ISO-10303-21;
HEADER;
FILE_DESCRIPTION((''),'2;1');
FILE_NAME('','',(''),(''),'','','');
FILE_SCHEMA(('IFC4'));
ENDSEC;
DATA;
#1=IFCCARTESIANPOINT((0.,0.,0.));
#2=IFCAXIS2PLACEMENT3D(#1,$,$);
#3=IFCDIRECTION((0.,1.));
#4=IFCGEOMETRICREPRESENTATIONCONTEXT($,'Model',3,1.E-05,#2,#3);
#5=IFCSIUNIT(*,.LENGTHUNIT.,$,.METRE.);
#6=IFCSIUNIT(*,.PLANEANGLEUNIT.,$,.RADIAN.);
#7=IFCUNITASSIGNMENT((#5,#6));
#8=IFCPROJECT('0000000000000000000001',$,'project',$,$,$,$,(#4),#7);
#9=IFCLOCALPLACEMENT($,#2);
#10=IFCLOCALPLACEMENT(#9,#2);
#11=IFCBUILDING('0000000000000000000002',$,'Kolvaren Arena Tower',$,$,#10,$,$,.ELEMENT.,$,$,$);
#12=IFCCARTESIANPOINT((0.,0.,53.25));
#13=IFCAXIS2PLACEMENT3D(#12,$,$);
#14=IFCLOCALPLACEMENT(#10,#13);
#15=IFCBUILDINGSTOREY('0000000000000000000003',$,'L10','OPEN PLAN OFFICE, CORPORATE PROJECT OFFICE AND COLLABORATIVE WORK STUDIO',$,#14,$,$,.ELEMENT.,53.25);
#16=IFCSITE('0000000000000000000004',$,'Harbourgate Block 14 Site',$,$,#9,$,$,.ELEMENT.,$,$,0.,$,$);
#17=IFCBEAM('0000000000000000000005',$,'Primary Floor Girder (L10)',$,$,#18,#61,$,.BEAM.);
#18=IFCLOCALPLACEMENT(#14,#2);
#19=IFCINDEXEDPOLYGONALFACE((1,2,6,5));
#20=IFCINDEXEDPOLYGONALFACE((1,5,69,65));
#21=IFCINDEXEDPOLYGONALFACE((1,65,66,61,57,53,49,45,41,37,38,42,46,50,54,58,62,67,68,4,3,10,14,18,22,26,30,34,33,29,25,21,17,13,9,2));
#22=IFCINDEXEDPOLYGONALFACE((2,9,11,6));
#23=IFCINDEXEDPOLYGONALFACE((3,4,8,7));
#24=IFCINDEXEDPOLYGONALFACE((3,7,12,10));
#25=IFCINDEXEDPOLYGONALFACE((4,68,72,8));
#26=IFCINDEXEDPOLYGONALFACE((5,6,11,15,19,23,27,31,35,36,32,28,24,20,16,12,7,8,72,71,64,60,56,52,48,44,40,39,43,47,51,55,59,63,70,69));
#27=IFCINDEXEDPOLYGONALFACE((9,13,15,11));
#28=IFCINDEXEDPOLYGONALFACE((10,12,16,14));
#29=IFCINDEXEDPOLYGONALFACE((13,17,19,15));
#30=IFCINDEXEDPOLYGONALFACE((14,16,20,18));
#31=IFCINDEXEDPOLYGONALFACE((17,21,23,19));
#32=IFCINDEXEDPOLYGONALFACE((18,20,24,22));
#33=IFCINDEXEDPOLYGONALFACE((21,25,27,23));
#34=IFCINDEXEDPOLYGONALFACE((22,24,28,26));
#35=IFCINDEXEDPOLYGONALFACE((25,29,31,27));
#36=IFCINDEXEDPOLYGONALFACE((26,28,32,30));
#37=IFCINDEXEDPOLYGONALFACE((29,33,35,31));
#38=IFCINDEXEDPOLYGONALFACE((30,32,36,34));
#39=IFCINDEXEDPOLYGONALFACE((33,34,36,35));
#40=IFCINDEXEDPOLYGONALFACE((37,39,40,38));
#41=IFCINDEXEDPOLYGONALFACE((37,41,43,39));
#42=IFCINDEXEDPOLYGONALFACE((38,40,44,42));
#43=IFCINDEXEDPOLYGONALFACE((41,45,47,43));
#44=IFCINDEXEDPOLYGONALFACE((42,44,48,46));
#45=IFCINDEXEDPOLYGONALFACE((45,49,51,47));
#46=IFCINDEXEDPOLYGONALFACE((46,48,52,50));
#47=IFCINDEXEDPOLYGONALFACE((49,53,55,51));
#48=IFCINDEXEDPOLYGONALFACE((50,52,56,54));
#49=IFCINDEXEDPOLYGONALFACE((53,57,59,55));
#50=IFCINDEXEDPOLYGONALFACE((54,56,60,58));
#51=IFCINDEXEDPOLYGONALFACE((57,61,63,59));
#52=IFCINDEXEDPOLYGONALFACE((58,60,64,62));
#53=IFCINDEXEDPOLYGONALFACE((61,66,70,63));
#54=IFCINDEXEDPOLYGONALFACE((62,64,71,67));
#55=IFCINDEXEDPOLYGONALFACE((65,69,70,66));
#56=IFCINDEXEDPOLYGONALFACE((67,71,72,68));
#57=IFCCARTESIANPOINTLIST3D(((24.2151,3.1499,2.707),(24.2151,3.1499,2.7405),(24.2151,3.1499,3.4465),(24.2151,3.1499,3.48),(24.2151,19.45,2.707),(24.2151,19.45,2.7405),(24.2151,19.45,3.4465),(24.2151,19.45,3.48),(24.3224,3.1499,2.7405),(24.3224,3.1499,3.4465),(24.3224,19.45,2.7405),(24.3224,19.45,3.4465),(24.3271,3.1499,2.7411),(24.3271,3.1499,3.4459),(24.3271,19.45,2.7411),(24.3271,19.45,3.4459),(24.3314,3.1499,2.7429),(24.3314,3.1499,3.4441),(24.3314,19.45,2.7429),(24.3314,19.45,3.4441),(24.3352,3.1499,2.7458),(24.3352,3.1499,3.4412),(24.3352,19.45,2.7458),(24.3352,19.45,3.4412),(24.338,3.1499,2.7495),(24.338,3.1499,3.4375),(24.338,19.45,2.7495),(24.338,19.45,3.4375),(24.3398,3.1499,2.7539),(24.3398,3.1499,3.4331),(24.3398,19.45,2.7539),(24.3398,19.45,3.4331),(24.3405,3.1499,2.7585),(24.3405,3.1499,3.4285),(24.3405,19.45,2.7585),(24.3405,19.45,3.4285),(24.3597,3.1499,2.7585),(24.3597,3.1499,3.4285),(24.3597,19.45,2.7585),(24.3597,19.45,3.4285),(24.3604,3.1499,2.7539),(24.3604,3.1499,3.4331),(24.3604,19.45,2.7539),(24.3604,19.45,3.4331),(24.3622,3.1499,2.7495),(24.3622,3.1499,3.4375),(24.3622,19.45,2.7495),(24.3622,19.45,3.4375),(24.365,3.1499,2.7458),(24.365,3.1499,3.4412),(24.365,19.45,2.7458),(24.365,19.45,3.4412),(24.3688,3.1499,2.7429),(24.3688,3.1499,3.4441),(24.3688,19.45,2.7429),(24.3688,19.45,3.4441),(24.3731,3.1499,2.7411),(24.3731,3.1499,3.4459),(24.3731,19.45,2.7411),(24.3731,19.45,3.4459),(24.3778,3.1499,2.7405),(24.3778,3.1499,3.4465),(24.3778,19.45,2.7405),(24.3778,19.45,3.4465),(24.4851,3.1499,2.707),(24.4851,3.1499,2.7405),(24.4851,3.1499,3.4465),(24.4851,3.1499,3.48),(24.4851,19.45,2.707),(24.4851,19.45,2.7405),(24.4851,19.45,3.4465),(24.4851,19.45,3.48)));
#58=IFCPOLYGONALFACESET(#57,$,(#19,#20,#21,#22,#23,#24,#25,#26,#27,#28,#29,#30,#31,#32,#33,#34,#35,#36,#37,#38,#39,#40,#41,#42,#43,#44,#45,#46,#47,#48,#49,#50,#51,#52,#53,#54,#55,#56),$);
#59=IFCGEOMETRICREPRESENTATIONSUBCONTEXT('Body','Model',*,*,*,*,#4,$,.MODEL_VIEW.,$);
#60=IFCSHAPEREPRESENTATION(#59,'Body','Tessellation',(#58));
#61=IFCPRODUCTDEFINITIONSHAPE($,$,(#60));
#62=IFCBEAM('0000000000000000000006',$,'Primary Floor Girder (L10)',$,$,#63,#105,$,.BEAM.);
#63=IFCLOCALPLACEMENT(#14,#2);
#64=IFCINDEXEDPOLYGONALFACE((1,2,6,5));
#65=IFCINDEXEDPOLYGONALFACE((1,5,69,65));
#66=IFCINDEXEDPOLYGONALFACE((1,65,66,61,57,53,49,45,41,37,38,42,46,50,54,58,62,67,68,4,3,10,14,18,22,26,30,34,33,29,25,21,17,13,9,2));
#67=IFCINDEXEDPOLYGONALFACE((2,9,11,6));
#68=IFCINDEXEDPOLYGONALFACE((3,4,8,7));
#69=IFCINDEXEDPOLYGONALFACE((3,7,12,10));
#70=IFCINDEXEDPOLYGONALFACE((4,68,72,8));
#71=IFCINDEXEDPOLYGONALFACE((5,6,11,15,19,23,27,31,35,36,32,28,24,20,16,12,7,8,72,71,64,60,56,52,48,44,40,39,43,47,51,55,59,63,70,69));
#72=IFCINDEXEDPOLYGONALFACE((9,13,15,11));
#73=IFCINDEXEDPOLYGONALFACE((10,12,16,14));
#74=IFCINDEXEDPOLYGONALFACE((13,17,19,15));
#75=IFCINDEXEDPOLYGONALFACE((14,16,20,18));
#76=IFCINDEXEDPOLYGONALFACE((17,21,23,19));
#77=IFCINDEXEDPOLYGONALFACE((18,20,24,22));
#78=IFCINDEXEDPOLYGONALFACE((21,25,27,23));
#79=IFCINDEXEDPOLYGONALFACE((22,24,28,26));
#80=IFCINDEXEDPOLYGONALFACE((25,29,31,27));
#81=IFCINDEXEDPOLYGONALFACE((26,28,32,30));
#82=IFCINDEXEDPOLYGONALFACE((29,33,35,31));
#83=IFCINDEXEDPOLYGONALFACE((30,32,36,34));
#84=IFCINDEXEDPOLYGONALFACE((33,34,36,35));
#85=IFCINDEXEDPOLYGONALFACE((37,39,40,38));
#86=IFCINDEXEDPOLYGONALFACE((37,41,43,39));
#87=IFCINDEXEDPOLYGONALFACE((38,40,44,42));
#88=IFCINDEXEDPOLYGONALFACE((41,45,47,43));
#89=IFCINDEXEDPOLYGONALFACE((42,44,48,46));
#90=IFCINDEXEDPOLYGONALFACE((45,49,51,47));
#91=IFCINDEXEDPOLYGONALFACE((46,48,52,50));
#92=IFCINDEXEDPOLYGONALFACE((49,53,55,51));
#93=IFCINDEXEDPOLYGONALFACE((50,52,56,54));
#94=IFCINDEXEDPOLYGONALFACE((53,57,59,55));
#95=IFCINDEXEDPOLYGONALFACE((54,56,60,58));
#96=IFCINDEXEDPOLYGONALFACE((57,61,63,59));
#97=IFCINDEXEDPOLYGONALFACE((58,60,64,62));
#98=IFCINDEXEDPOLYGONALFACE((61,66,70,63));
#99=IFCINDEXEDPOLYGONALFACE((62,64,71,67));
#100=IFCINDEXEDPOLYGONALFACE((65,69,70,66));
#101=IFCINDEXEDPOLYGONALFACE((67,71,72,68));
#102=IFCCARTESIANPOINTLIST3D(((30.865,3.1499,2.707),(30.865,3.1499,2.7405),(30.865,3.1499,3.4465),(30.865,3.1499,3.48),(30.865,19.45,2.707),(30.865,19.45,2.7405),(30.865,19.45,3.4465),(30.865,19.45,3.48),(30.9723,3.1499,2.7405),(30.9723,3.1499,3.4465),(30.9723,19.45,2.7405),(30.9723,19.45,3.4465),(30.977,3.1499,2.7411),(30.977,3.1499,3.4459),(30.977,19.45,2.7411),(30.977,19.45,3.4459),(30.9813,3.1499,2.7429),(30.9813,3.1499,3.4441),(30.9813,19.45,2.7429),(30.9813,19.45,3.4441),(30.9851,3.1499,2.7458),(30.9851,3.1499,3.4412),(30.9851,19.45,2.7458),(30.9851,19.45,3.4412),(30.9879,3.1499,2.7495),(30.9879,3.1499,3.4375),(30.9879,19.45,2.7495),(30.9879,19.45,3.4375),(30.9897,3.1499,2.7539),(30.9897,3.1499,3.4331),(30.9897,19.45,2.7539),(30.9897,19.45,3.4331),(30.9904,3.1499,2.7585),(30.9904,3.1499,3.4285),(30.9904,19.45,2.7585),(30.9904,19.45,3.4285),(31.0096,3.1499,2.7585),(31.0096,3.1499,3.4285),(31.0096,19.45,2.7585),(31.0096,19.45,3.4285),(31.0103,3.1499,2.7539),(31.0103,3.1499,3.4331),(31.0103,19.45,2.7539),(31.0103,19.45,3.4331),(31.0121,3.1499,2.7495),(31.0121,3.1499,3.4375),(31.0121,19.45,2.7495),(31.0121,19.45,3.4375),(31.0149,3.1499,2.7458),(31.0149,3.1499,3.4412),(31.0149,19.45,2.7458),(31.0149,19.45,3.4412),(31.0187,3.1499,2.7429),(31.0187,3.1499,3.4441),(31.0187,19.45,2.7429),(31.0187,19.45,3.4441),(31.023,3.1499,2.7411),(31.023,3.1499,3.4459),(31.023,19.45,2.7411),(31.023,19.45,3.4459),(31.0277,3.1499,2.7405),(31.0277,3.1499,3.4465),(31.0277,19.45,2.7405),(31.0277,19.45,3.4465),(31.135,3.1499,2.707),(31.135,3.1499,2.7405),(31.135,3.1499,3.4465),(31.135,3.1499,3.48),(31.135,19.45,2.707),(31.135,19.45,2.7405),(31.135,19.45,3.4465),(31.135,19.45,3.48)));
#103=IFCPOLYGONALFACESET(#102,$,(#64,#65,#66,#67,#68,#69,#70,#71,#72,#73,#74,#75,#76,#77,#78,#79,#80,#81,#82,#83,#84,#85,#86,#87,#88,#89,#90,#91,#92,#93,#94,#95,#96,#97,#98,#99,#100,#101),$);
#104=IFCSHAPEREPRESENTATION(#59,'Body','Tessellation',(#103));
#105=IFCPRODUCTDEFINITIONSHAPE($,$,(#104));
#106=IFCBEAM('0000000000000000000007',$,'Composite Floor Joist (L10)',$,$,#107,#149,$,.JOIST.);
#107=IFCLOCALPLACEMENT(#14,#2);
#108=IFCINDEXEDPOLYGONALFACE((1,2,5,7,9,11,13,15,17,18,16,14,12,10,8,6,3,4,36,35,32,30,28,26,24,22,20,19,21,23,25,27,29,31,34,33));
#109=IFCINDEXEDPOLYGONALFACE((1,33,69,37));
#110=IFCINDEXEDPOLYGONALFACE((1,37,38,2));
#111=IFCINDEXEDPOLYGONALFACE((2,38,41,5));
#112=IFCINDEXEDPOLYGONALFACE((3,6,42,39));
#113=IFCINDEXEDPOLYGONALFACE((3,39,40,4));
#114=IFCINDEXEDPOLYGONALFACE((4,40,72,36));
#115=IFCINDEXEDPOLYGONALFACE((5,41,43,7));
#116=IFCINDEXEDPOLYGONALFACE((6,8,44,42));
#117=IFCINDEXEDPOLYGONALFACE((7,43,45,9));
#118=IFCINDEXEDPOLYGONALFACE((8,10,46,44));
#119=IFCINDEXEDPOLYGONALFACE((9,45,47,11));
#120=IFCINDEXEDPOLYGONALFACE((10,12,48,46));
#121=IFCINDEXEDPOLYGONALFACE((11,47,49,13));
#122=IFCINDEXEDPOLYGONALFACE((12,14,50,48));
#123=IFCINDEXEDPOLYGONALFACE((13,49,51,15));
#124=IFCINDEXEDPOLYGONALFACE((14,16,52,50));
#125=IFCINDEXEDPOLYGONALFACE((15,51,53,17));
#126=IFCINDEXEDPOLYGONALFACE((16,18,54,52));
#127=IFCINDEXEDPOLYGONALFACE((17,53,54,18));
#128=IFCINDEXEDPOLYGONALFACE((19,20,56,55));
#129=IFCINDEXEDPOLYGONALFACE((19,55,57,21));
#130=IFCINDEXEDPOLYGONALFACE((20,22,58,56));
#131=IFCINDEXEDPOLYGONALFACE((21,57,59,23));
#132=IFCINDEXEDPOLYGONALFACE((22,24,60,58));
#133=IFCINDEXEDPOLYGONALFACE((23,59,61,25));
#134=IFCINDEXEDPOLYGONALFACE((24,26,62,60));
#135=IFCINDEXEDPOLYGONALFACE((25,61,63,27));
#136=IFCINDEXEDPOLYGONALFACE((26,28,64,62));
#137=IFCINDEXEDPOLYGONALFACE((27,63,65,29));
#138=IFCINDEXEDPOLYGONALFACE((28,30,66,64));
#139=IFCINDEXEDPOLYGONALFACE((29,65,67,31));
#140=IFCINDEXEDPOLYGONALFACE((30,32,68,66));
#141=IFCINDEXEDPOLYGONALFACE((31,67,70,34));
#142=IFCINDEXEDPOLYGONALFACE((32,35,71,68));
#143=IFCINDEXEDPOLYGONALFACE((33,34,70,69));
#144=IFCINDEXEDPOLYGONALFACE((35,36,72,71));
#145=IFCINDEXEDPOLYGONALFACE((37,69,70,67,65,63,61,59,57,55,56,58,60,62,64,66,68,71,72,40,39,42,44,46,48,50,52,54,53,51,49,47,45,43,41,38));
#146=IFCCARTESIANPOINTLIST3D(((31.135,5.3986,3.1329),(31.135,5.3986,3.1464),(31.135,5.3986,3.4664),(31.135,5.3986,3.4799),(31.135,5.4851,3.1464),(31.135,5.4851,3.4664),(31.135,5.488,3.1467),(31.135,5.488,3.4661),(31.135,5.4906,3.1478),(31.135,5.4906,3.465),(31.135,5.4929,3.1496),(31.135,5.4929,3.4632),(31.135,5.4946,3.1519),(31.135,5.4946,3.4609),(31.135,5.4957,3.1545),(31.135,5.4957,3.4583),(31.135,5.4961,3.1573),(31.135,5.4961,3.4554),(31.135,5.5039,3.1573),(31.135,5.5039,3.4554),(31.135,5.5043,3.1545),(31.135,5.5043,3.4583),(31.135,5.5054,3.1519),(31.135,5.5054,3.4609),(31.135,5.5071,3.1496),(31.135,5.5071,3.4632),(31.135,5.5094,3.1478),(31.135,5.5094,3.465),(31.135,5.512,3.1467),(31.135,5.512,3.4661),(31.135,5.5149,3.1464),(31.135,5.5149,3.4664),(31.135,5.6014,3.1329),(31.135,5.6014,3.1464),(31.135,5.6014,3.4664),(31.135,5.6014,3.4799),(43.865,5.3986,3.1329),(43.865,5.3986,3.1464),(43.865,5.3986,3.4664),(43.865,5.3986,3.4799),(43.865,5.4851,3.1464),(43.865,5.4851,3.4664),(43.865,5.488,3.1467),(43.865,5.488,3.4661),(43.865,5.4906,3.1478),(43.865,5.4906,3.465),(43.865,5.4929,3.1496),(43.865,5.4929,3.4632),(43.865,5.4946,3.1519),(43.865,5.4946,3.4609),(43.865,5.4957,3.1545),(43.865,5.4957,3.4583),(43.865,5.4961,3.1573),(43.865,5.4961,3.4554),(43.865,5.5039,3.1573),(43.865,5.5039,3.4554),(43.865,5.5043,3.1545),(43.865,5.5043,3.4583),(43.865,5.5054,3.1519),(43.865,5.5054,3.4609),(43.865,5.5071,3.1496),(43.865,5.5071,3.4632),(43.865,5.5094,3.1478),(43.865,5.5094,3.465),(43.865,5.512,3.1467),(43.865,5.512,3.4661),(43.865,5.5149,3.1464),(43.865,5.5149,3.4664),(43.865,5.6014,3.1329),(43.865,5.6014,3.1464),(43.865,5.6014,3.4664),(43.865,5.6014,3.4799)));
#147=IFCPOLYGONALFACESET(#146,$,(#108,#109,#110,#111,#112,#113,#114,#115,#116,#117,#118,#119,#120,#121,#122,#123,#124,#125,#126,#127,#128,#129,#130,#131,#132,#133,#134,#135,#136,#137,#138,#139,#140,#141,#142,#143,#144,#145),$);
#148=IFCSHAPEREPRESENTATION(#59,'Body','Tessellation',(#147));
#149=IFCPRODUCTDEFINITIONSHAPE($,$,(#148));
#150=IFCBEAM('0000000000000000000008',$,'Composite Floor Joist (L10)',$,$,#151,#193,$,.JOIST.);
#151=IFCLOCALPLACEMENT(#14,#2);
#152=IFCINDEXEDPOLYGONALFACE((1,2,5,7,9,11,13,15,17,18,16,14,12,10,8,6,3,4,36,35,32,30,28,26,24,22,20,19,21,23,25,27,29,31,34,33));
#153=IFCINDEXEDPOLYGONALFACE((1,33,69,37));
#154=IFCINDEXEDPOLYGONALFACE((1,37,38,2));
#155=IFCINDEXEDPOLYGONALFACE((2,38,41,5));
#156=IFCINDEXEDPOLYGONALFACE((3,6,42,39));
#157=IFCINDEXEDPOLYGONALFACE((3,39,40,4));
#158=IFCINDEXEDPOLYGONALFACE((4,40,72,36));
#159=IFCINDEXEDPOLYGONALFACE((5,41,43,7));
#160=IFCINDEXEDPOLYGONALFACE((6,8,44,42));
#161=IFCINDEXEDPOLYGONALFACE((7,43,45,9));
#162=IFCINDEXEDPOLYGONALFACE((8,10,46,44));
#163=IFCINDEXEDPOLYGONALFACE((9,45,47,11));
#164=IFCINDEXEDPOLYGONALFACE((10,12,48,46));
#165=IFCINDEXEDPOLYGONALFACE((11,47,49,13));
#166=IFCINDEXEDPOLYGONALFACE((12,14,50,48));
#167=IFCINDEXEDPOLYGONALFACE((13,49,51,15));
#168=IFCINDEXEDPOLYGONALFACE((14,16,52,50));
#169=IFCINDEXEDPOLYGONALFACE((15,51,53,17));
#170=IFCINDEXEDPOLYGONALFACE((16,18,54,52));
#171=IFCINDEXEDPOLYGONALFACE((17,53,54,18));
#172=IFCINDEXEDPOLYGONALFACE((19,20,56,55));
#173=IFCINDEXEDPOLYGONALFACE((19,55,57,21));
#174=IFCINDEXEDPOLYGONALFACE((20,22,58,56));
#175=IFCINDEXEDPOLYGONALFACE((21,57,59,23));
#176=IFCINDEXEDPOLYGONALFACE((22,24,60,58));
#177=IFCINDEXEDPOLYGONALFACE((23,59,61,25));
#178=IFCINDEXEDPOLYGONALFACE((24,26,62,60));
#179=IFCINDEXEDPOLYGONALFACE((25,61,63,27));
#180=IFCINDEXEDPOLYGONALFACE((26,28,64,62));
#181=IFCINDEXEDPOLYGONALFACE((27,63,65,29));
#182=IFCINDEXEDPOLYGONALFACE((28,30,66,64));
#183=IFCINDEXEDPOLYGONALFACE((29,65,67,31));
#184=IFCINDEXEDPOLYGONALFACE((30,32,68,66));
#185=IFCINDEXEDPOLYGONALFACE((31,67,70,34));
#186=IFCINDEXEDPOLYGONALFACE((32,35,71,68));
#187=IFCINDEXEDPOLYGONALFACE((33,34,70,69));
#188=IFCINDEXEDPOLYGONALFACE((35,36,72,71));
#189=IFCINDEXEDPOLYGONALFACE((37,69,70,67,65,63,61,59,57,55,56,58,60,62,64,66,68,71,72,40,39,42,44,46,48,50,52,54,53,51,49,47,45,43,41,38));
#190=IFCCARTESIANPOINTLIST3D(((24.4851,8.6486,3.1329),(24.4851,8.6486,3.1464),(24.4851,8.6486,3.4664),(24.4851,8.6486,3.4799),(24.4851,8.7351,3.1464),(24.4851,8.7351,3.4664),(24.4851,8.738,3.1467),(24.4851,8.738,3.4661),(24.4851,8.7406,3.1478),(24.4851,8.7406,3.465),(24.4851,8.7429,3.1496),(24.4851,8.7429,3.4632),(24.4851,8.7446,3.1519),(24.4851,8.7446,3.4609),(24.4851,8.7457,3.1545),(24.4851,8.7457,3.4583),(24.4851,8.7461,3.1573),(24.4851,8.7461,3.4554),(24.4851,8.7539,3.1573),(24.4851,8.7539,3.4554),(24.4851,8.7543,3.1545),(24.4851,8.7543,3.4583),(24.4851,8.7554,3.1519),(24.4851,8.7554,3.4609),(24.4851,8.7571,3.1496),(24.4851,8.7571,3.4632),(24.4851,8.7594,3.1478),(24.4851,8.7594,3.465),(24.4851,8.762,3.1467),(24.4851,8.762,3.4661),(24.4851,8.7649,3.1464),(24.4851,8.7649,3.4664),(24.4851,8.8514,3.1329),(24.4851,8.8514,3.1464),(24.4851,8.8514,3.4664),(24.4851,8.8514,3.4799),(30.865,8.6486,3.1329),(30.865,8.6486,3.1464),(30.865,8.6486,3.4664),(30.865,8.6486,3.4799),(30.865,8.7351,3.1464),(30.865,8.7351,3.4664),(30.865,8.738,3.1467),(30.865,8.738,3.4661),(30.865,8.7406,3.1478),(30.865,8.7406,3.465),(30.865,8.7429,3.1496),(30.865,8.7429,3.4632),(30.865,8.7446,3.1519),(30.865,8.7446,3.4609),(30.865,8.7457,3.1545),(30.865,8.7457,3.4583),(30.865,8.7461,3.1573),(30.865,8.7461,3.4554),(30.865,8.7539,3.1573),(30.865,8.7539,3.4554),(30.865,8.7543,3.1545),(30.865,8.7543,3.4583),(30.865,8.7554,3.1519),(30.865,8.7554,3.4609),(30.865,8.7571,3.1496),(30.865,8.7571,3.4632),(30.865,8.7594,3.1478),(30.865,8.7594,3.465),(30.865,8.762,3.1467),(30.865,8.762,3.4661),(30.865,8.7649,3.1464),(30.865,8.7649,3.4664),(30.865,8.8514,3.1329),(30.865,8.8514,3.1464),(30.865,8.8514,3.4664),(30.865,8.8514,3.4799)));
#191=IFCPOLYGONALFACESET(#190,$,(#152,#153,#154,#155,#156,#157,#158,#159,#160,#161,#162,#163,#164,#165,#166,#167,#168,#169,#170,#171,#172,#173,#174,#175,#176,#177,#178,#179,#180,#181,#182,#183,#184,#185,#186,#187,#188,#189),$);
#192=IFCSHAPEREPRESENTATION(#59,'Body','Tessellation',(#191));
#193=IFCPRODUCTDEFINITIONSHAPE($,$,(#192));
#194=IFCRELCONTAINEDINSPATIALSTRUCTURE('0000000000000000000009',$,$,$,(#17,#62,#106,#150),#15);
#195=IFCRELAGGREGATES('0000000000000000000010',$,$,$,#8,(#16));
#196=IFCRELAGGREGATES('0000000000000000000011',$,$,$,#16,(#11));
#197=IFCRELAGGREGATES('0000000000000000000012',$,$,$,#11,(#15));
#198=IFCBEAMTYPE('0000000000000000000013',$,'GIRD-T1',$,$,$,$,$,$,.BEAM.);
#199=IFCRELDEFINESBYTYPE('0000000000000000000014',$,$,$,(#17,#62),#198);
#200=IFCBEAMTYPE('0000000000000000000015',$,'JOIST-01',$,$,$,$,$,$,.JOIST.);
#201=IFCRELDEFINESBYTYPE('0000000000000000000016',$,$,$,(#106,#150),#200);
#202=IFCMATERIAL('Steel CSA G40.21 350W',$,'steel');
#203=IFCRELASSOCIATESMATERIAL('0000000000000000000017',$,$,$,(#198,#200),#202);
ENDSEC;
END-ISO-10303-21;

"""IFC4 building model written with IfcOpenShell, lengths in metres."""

from ifc_helpers import new_model, si_unit, direction, frame, origin, origin_2d, place, context, subcontext, project, spatial, i_section, extrude, material, material_profile, profile_set, type_object, element, save


model = new_model("IFC4")

# Units and contexts
model_context = context("Model", 3, precision=1e-05, world=origin(), true_north=direction((0.0, 1.0)))
body_context = subcontext(model_context, "Body", "Model", "MODEL_VIEW")
ifc_project = project(units=[si_unit("LENGTHUNIT", "METRE"), si_unit("PLANEANGLEUNIT", "RADIAN")], contexts=[model_context])

# Site, building, storey
site_placement = place(None, origin())
site = spatial("IfcSite", under=ifc_project, at=site_placement, Name="Harbourgate Block 14 Site", CompositionType="ELEMENT", RefElevation=0.0)
building_placement = place(site_placement, origin())
building = spatial("IfcBuilding", under=site, at=building_placement, Name="Kolvaren Arena Tower", CompositionType="ELEMENT")
storey_placement = place(building_placement, frame((0.0, 0.0, 53.25)))
storey = spatial("IfcBuildingStorey", under=building, at=storey_placement, Name="L10", Description="OPEN PLAN OFFICE, CORPORATE PROJECT OFFICE AND COLLABORATIVE WORK STUDIO", CompositionType="ELEMENT", Elevation=53.25)

# Beams
ifc_material_1 = material(Name="Steel CSA G40.21 350W", Category="steel")
ifc_material_profile_1 = material_profile(ifc_material_1, i_section(OverallWidth=0.27, OverallDepth=0.7729, WebThickness=0.0193, FlangeThickness=0.0334, FilletRadius=0.0181, at=origin_2d()), Name="W760x257")
ifc_profile_set_1 = profile_set([ifc_material_profile_1], Name="Steel CSA G40.21 350W")
beam_type_1 = type_object("IfcBeamType", Name="GIRD-T1", PredefinedType="BEAM", material=ifc_profile_set_1)
for number, where, z_axis, x_axis, name in (
    (1, (24.3501, 3.1499, 3.0935), (0.0, 1.0, 0.0), (-1.0, 0.0, 0.0), "Primary Floor Girder (L10)"),
    (2, (31.0, 3.1499, 3.0935), (0.0, 1.0, 0.0), (-1.0, 0.0, 0.0), "Primary Floor Girder (L10)"),
):
    element("IfcBeam", number, at=place(storey_placement, frame(where, z_axis=z_axis, x_axis=x_axis)), inside=storey, type_object=beam_type_1, Name=name, PredefinedType="BEAM", context=body_context, shape_type="SweptSolid", body=[
        extrude(i_section(OverallWidth=0.27, OverallDepth=0.7729, WebThickness=0.0193, FlangeThickness=0.0334, FilletRadius=0.0181, at=origin_2d()), origin(), (0.0, 0.0, 1.0), 16.3),
    ])
ifc_material_profile_2 = material_profile(ifc_material_1, i_section(OverallWidth=0.2029, OverallDepth=0.3469, WebThickness=0.0078, FlangeThickness=0.0134, FilletRadius=0.011, at=origin_2d()), Name="W360x64")
ifc_profile_set_2 = profile_set([ifc_material_profile_2], Name="Steel CSA G40.21 350W")
beam_type_2 = type_object("IfcBeamType", Name="JOIST-01", PredefinedType="JOIST", material=ifc_profile_set_2)
beam_1_placement = place(storey_placement, frame((31.135, 5.5, 3.3064), z_axis=(1.0, 0.0, 0.0), x_axis=(0.0, 1.0, 0.0)))
element("IfcBeam", 3, at=beam_1_placement, inside=storey, type_object=beam_type_2, Name="Composite Floor Joist (L10)", PredefinedType="JOIST", context=body_context, shape_type="SweptSolid", body=[
    extrude(i_section(OverallWidth=0.2029, OverallDepth=0.3469, WebThickness=0.0078, FlangeThickness=0.0134, FilletRadius=0.011, at=origin_2d()), origin(), (0.0, 0.0, 1.0), 12.73),
])
beam_2_placement = place(storey_placement, frame((24.4851, 8.75, 3.3064), z_axis=(1.0, 0.0, 0.0), x_axis=(0.0, 1.0, 0.0)))
element("IfcBeam", 4, at=beam_2_placement, inside=storey, type_object=beam_type_2, Name="Composite Floor Joist (L10)", PredefinedType="JOIST", context=body_context, shape_type="SweptSolid", body=[
    extrude(i_section(OverallWidth=0.2029, OverallDepth=0.3469, WebThickness=0.0078, FlangeThickness=0.0134, FilletRadius=0.011, at=origin_2d()), origin(), (0.0, 0.0, 1.0), 6.3799),
])

save(model, "model.ifc")
